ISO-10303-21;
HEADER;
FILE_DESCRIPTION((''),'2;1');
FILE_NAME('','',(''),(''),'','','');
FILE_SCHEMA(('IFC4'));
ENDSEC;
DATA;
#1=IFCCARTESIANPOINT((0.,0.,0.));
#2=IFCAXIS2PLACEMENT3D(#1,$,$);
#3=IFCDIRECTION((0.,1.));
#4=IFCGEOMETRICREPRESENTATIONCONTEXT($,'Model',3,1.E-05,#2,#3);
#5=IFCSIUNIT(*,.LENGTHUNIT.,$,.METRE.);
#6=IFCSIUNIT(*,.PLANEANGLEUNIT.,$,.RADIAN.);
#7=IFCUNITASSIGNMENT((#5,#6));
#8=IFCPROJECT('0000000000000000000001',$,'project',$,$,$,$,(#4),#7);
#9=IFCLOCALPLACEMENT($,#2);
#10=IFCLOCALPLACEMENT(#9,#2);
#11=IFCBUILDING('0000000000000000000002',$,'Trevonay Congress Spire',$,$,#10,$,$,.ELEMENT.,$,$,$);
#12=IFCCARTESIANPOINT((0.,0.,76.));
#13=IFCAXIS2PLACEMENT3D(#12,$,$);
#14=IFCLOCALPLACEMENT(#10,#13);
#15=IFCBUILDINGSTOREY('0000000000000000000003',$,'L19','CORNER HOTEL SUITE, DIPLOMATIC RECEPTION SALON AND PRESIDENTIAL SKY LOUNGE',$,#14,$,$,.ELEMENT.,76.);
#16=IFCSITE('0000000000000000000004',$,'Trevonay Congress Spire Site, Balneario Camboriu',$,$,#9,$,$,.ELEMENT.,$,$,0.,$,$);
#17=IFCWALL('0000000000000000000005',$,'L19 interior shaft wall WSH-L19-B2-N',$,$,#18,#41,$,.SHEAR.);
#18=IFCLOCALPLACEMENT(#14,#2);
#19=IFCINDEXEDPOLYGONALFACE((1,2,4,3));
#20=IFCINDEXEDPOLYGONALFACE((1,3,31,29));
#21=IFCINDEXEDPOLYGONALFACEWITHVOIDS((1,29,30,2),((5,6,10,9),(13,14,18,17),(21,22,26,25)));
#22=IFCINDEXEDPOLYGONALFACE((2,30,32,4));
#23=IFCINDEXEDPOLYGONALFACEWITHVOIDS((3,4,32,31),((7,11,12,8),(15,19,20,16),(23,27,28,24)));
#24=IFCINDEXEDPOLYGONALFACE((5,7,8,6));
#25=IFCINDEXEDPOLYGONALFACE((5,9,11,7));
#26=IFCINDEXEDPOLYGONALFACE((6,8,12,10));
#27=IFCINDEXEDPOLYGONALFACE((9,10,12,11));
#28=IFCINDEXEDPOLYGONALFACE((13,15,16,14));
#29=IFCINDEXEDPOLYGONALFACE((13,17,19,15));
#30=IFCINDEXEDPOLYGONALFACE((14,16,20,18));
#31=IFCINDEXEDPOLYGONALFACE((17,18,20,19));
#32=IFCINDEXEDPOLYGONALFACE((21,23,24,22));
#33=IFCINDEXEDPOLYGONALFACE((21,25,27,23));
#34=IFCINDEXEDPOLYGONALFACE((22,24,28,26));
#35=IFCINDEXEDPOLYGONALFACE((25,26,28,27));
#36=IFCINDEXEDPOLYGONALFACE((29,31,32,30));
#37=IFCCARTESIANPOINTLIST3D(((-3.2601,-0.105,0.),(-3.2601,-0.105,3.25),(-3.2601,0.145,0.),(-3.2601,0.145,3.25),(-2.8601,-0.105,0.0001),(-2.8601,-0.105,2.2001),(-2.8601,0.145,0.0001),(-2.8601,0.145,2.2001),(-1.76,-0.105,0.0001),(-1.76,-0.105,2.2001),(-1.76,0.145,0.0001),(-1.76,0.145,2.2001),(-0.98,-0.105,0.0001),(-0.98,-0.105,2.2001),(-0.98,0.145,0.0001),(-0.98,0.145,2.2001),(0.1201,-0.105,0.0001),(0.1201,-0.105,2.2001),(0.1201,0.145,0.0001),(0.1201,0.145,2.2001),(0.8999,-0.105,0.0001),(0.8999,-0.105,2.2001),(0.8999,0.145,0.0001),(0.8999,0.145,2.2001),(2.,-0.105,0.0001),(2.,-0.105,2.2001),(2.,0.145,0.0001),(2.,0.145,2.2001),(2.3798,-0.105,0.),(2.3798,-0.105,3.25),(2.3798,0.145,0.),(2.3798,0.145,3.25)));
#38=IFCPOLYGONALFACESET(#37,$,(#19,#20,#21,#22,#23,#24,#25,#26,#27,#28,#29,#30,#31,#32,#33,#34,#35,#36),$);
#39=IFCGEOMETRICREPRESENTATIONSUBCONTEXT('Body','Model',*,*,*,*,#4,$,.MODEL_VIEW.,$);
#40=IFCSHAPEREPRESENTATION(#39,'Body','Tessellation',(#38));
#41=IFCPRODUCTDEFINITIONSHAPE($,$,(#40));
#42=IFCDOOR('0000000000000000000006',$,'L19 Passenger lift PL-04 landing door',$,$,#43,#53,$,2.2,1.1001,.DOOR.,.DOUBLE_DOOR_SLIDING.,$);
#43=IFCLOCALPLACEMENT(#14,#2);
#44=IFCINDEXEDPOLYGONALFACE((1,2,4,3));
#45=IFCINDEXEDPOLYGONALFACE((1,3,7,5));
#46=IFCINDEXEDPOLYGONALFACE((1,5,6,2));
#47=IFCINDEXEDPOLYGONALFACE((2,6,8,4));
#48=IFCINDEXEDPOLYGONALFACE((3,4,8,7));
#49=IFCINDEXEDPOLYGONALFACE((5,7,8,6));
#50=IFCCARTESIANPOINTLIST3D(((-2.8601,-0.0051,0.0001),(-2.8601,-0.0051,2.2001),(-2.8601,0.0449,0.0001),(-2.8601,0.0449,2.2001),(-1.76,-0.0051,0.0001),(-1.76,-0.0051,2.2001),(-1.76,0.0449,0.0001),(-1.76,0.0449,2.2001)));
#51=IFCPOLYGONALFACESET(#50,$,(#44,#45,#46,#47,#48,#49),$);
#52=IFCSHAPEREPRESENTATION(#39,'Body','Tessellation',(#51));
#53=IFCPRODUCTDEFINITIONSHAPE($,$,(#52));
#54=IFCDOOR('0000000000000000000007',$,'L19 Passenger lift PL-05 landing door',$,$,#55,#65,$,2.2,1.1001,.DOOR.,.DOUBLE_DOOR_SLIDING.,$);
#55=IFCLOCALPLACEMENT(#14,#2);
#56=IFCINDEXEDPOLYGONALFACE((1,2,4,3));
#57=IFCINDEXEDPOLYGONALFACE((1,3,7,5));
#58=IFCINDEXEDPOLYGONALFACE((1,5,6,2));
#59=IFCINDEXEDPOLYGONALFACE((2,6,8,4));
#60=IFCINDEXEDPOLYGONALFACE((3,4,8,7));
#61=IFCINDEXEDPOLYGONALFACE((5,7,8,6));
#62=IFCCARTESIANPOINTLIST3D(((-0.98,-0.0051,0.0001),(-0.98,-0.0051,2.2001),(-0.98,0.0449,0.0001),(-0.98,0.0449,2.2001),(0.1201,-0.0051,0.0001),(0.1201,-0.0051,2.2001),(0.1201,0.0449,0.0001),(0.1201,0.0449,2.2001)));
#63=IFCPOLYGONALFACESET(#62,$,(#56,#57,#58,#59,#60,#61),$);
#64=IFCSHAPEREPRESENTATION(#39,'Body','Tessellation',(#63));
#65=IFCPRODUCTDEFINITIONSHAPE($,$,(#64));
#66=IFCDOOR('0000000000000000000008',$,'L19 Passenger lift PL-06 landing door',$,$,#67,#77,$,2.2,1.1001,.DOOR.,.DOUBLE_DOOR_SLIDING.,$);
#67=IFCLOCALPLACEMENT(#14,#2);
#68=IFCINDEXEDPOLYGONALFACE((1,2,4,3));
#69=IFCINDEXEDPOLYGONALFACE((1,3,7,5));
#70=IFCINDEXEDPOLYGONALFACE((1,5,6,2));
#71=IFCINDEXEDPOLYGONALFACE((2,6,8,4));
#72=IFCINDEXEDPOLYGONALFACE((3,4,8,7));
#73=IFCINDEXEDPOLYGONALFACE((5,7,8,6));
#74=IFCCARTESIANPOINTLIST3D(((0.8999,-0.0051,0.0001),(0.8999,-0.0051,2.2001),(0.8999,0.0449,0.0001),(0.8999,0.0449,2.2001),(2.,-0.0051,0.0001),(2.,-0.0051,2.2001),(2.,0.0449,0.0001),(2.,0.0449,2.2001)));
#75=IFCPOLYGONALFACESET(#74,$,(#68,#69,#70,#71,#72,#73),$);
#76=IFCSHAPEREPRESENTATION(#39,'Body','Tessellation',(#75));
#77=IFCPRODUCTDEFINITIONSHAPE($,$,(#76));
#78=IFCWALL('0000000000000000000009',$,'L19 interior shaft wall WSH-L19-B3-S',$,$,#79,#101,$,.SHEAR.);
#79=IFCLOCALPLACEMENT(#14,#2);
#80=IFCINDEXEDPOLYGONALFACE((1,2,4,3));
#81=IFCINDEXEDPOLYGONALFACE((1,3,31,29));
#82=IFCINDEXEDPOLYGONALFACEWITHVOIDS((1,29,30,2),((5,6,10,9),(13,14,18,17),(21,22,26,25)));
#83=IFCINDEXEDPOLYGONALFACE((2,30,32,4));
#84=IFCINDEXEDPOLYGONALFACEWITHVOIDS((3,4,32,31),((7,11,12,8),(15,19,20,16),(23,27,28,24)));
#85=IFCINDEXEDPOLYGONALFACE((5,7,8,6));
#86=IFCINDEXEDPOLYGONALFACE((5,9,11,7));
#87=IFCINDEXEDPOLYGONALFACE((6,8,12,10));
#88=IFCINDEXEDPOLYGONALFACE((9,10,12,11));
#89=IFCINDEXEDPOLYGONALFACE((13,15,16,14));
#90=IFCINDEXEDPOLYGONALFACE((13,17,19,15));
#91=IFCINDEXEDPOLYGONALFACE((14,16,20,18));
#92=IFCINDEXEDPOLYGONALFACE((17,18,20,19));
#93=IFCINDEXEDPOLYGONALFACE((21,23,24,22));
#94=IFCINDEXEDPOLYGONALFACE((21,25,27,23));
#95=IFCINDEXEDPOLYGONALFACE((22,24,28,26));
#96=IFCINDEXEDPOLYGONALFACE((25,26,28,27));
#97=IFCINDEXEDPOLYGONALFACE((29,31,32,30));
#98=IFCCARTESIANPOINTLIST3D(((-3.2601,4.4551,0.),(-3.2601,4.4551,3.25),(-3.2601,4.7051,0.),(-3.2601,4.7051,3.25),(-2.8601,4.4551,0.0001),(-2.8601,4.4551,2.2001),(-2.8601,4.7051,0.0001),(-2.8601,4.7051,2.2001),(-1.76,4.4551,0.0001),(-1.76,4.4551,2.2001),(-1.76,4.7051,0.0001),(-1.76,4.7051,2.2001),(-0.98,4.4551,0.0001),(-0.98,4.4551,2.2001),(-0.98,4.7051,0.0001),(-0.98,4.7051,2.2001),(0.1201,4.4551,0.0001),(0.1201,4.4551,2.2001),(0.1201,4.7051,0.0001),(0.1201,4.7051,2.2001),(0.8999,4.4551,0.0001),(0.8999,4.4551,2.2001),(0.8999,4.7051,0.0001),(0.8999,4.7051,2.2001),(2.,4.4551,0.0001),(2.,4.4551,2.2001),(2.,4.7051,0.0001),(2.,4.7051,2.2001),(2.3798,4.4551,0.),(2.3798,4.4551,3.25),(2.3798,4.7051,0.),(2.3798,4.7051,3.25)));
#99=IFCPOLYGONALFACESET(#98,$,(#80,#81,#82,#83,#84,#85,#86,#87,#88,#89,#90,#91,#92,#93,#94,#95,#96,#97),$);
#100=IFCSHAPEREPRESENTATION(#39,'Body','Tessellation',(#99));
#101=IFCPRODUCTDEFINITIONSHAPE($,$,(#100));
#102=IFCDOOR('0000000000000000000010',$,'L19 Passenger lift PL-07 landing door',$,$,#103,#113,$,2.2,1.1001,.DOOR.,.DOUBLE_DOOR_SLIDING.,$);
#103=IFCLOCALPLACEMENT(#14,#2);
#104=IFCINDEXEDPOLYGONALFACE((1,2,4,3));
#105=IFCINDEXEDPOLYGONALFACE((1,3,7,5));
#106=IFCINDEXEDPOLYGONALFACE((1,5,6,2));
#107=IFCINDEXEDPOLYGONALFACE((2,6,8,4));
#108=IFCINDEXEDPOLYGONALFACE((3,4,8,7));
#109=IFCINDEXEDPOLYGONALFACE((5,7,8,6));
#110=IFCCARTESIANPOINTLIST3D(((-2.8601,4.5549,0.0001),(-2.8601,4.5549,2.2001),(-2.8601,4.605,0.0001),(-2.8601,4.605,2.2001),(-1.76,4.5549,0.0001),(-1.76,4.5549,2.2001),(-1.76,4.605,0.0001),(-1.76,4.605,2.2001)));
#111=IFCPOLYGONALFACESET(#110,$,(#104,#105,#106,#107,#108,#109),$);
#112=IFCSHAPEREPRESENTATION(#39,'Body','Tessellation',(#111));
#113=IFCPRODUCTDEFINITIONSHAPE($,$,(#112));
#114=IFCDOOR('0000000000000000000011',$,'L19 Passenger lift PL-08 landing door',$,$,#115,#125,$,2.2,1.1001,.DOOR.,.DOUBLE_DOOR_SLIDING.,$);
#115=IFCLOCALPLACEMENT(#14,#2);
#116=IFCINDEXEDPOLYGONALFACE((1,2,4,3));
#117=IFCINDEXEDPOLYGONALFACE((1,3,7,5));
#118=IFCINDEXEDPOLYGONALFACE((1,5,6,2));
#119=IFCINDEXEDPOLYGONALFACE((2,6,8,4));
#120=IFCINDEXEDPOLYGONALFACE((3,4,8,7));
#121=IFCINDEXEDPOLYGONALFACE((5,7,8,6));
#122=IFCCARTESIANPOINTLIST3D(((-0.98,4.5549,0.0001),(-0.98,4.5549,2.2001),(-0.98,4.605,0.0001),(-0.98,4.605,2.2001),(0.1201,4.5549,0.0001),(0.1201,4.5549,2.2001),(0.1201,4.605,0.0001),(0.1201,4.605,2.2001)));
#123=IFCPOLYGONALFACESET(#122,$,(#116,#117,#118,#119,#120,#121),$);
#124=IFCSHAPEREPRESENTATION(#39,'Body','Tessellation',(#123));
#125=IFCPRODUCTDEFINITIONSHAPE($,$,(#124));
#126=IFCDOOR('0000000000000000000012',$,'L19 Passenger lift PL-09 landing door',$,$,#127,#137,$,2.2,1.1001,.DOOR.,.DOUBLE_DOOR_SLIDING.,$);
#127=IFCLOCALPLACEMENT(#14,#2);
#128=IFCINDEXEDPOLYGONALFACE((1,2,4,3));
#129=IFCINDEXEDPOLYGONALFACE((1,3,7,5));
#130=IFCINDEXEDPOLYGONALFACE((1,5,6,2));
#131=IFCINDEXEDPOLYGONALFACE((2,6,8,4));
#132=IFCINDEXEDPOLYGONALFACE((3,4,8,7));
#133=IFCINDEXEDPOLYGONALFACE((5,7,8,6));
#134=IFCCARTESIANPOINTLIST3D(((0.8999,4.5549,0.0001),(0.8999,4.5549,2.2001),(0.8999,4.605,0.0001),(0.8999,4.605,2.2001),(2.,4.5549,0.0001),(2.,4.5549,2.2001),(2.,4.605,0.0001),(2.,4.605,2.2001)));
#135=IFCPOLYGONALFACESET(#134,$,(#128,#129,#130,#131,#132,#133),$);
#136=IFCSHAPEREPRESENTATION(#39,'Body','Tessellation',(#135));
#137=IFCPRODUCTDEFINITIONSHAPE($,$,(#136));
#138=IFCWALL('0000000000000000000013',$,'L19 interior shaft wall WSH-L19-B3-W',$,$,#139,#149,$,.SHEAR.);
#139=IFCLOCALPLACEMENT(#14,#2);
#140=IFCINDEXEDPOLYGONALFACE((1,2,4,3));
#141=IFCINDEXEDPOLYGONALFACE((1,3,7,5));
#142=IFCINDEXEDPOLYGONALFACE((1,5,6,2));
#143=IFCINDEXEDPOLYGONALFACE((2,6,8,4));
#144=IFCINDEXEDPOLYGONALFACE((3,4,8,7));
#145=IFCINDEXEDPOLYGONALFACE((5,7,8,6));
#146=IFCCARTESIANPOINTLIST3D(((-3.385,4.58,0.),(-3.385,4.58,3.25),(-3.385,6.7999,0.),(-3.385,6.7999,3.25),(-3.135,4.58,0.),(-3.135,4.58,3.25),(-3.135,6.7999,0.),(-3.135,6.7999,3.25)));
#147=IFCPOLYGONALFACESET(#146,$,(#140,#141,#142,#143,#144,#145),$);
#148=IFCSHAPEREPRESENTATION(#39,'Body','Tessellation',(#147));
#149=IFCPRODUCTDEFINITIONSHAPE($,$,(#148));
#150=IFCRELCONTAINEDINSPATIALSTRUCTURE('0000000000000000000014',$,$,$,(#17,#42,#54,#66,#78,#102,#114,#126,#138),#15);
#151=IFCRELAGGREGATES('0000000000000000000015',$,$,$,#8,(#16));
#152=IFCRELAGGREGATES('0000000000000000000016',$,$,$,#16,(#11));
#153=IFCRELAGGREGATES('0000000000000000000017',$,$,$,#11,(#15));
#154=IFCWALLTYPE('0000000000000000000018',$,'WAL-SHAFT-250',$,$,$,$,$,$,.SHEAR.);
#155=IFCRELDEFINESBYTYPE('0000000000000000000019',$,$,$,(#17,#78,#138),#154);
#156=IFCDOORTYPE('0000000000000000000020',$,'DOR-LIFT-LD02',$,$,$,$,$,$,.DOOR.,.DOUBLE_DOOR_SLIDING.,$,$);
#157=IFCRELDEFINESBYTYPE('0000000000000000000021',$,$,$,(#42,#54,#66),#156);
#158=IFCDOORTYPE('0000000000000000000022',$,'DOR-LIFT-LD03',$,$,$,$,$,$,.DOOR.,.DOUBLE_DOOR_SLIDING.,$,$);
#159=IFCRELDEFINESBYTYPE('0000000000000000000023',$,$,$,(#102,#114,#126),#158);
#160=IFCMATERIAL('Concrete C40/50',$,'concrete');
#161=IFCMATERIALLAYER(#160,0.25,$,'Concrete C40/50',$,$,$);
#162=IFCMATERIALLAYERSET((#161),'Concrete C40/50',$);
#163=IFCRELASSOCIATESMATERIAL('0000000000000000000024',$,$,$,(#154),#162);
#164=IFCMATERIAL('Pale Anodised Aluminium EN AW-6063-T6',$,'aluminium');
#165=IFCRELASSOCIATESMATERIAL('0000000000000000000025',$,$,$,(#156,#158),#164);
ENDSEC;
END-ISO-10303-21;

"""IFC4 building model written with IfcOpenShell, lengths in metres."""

from ifc_helpers import new_model, si_unit, direction, frame, frame_2d, origin, place, context, subcontext, project, spatial, rectangle, extrude, material, layer, layer_set, type_object, element, fill, save


model = new_model("IFC4")

# Units and contexts
model_context = context("Model", 3, precision=1e-05, world=origin(), true_north=direction((0.0, 1.0)))
body_context = subcontext(model_context, "Body", "Model", "MODEL_VIEW")
ifc_project = project(units=[si_unit("LENGTHUNIT", "METRE"), si_unit("PLANEANGLEUNIT", "RADIAN")], contexts=[model_context])

# Site, building, storey
site_placement = place(None, origin())
site = spatial("IfcSite", under=ifc_project, at=site_placement, Name="Trevonay Congress Spire Site, Balneario Camboriu", CompositionType="ELEMENT", RefElevation=0.0)
building_placement = place(site_placement, origin())
building = spatial("IfcBuilding", under=site, at=building_placement, Name="Trevonay Congress Spire", CompositionType="ELEMENT")
storey_placement = place(building_placement, frame((0.0, 0.0, 76.0)))
storey = spatial("IfcBuildingStorey", under=building, at=storey_placement, Name="L19", Description="CORNER HOTEL SUITE, DIPLOMATIC RECEPTION SALON AND PRESIDENTIAL SKY LOUNGE", CompositionType="ELEMENT", Elevation=76.0)

# Shared definitions
ifc_material_1 = material(Name="Pale Anodised Aluminium EN AW-6063-T6", Category="aluminium")

# Shared definitions
ifc_material_2 = material(Name="Concrete C40/50", Category="concrete")

# Walls, openings, doors
ifc_layer_1 = layer(ifc_material_2, 0.25, Name="Concrete C40/50")
ifc_layer_set_1 = layer_set([ifc_layer_1], Name="Concrete C40/50")
wall_type_1 = type_object("IfcWallType", Name="WAL-SHAFT-250", PredefinedType="SHEAR", material=ifc_layer_set_1)
wall_1_placement = place(storey_placement, frame((-3.26, 0.02, 0.0), z_axis=(0.0, 0.0, 1.0), x_axis=(1.0, 0.0, 0.0)))
wall_1 = element("IfcWall", 1, at=wall_1_placement, inside=storey, type_object=wall_type_1, Name="L19 interior shaft wall WSH-L19-B2-N", PredefinedType="SHEAR", context=body_context, shape_type="SweptSolid", body=[
    extrude(rectangle(XDim=5.6399, YDim=0.25, at=frame_2d((2.8198, 0.0))), origin(), (0.0, 0.0, 1.0), 3.25),
])
opening_1_placement = place(wall_1_placement, frame((0.3999, 0.0, 0.0)))
opening_1 = element("IfcOpeningElement", 2, at=opening_1_placement, cuts=wall_1, PredefinedType="OPENING", context=body_context, shape_type="SweptSolid", body=[
    extrude(rectangle(XDim=1.1001, YDim=2.2, at=frame_2d((0.55, 1.1001))), frame((0.0, 0.135, 0.0), z_axis=(0.0, -1.0, 0.0), x_axis=(1.0, 0.0, 0.0)), (0.0, 0.0, 1.0), 0.27),
])
opening_2_placement = place(wall_1_placement, frame((2.28, 0.0, 0.0)))
opening_2 = element("IfcOpeningElement", 3, at=opening_2_placement, cuts=wall_1, PredefinedType="OPENING", context=body_context, shape_type="SweptSolid", body=[
    extrude(rectangle(XDim=1.1001, YDim=2.2, at=frame_2d((0.55, 1.1001))), frame((0.0, 0.135, 0.0), z_axis=(0.0, -1.0, 0.0), x_axis=(1.0, 0.0, 0.0)), (0.0, 0.0, 1.0), 0.27),
])
opening_3_placement = place(wall_1_placement, frame((4.1599, 0.0, 0.0)))
opening_3 = element("IfcOpeningElement", 4, at=opening_3_placement, cuts=wall_1, PredefinedType="OPENING", context=body_context, shape_type="SweptSolid", body=[
    extrude(rectangle(XDim=1.1001, YDim=2.2, at=frame_2d((0.55, 1.1001))), frame((0.0, 0.135, 0.0), z_axis=(0.0, -1.0, 0.0), x_axis=(1.0, 0.0, 0.0)), (0.0, 0.0, 1.0), 0.27),
])
door_type_1 = type_object("IfcDoorType", Name="DOR-LIFT-LD02", OperationType="DOUBLE_DOOR_SLIDING", PredefinedType="DOOR", material=ifc_material_1)
door_1_placement = place(opening_1_placement, origin())
door_1 = element("IfcDoor", 5, at=door_1_placement, inside=storey, type_object=door_type_1, Name="L19 Passenger lift PL-04 landing door", OperationType="DOUBLE_DOOR_SLIDING", OverallHeight=2.2, OverallWidth=1.1001, PredefinedType="DOOR", context=body_context, shape_type="SweptSolid", body=[
    extrude(rectangle(XDim=1.1001, YDim=2.2, at=frame_2d((0.55, 1.1001))), frame((0.0, 0.0249, 0.0), z_axis=(0.0, -1.0, 0.0), x_axis=(1.0, 0.0, 0.0)), (0.0, 0.0, 1.0), 0.05),
])
fill(opening_1, door_1)
door_2_placement = place(opening_2_placement, origin())
door_2 = element("IfcDoor", 6, at=door_2_placement, inside=storey, type_object=door_type_1, Name="L19 Passenger lift PL-05 landing door", OperationType="DOUBLE_DOOR_SLIDING", OverallHeight=2.2, OverallWidth=1.1001, PredefinedType="DOOR", context=body_context, shape_type="SweptSolid", body=[
    extrude(rectangle(XDim=1.1001, YDim=2.2, at=frame_2d((0.55, 1.1001))), frame((0.0, 0.0249, 0.0), z_axis=(0.0, -1.0, 0.0), x_axis=(1.0, 0.0, 0.0)), (0.0, 0.0, 1.0), 0.05),
])
fill(opening_2, door_2)
door_3_placement = place(opening_3_placement, origin())
door_3 = element("IfcDoor", 7, at=door_3_placement, inside=storey, type_object=door_type_1, Name="L19 Passenger lift PL-06 landing door", OperationType="DOUBLE_DOOR_SLIDING", OverallHeight=2.2, OverallWidth=1.1001, PredefinedType="DOOR", context=body_context, shape_type="SweptSolid", body=[
    extrude(rectangle(XDim=1.1001, YDim=2.2, at=frame_2d((0.55, 1.1001))), frame((0.0, 0.0249, 0.0), z_axis=(0.0, -1.0, 0.0), x_axis=(1.0, 0.0, 0.0)), (0.0, 0.0, 1.0), 0.05),
])
fill(opening_3, door_3)
wall_2_placement = place(storey_placement, frame((-3.26, 4.5801, 0.0), z_axis=(0.0, 0.0, 1.0), x_axis=(1.0, 0.0, 0.0)))
wall_2 = element("IfcWall", 8, at=wall_2_placement, inside=storey, type_object=wall_type_1, Name="L19 interior shaft wall WSH-L19-B3-S", PredefinedType="SHEAR", context=body_context, shape_type="SweptSolid", body=[
    extrude(rectangle(XDim=5.6399, YDim=0.25, at=frame_2d((2.8198, 0.0))), origin(), (0.0, 0.0, 1.0), 3.25),
])
opening_4_placement = place(wall_2_placement, frame((0.3999, 0.0, 0.0)))
opening_4 = element("IfcOpeningElement", 9, at=opening_4_placement, cuts=wall_2, PredefinedType="OPENING", context=body_context, shape_type="SweptSolid", body=[
    extrude(rectangle(XDim=1.1001, YDim=2.2, at=frame_2d((0.55, 1.1001))), frame((0.0, 0.135, 0.0), z_axis=(0.0, -1.0, 0.0), x_axis=(1.0, 0.0, 0.0)), (0.0, 0.0, 1.0), 0.27),
])
opening_5_placement = place(wall_2_placement, frame((2.28, 0.0, 0.0)))
opening_5 = element("IfcOpeningElement", 10, at=opening_5_placement, cuts=wall_2, PredefinedType="OPENING", context=body_context, shape_type="SweptSolid", body=[
    extrude(rectangle(XDim=1.1001, YDim=2.2, at=frame_2d((0.55, 1.1001))), frame((0.0, 0.135, 0.0), z_axis=(0.0, -1.0, 0.0), x_axis=(1.0, 0.0, 0.0)), (0.0, 0.0, 1.0), 0.27),
])
opening_6_placement = place(wall_2_placement, frame((4.1599, 0.0, 0.0)))
opening_6 = element("IfcOpeningElement", 11, at=opening_6_placement, cuts=wall_2, PredefinedType="OPENING", context=body_context, shape_type="SweptSolid", body=[
    extrude(rectangle(XDim=1.1001, YDim=2.2, at=frame_2d((0.55, 1.1001))), frame((0.0, 0.135, 0.0), z_axis=(0.0, -1.0, 0.0), x_axis=(1.0, 0.0, 0.0)), (0.0, 0.0, 1.0), 0.27),
])
door_type_2 = type_object("IfcDoorType", Name="DOR-LIFT-LD03", OperationType="DOUBLE_DOOR_SLIDING", PredefinedType="DOOR", material=ifc_material_1)
door_4_placement = place(opening_4_placement, origin())
door_4 = element("IfcDoor", 12, at=door_4_placement, inside=storey, type_object=door_type_2, Name="L19 Passenger lift PL-07 landing door", OperationType="DOUBLE_DOOR_SLIDING", OverallHeight=2.2, OverallWidth=1.1001, PredefinedType="DOOR", context=body_context, shape_type="SweptSolid", body=[
    extrude(rectangle(XDim=1.1001, YDim=2.2, at=frame_2d((0.55, 1.1001))), frame((0.0, 0.0249, 0.0), z_axis=(0.0, -1.0, 0.0), x_axis=(1.0, 0.0, 0.0)), (0.0, 0.0, 1.0), 0.05),
])
fill(opening_4, door_4)
door_5_placement = place(opening_5_placement, origin())
door_5 = element("IfcDoor", 13, at=door_5_placement, inside=storey, type_object=door_type_2, Name="L19 Passenger lift PL-08 landing door", OperationType="DOUBLE_DOOR_SLIDING", OverallHeight=2.2, OverallWidth=1.1001, PredefinedType="DOOR", context=body_context, shape_type="SweptSolid", body=[
    extrude(rectangle(XDim=1.1001, YDim=2.2, at=frame_2d((0.55, 1.1001))), frame((0.0, 0.0249, 0.0), z_axis=(0.0, -1.0, 0.0), x_axis=(1.0, 0.0, 0.0)), (0.0, 0.0, 1.0), 0.05),
])
fill(opening_5, door_5)
door_6_placement = place(opening_6_placement, origin())
door_6 = element("IfcDoor", 14, at=door_6_placement, inside=storey, type_object=door_type_2, Name="L19 Passenger lift PL-09 landing door", OperationType="DOUBLE_DOOR_SLIDING", OverallHeight=2.2, OverallWidth=1.1001, PredefinedType="DOOR", context=body_context, shape_type="SweptSolid", body=[
    extrude(rectangle(XDim=1.1001, YDim=2.2, at=frame_2d((0.55, 1.1001))), frame((0.0, 0.0249, 0.0), z_axis=(0.0, -1.0, 0.0), x_axis=(1.0, 0.0, 0.0)), (0.0, 0.0, 1.0), 0.05),
])
fill(opening_6, door_6)

# Wall
wall_3_placement = place(storey_placement, frame((-3.26, 4.5801, 0.0), z_axis=(0.0, 0.0, 1.0), x_axis=(0.0, 1.0, 0.0)))
element("IfcWall", 15, at=wall_3_placement, inside=storey, type_object=wall_type_1, Name="L19 interior shaft wall WSH-L19-B3-W", PredefinedType="SHEAR", context=body_context, shape_type="SweptSolid", body=[
    extrude(rectangle(XDim=2.22, YDim=0.25, at=frame_2d((1.1099, 0.0))), origin(), (0.0, 0.0, 1.0), 3.25),
])

save(model, "model.ifc")
